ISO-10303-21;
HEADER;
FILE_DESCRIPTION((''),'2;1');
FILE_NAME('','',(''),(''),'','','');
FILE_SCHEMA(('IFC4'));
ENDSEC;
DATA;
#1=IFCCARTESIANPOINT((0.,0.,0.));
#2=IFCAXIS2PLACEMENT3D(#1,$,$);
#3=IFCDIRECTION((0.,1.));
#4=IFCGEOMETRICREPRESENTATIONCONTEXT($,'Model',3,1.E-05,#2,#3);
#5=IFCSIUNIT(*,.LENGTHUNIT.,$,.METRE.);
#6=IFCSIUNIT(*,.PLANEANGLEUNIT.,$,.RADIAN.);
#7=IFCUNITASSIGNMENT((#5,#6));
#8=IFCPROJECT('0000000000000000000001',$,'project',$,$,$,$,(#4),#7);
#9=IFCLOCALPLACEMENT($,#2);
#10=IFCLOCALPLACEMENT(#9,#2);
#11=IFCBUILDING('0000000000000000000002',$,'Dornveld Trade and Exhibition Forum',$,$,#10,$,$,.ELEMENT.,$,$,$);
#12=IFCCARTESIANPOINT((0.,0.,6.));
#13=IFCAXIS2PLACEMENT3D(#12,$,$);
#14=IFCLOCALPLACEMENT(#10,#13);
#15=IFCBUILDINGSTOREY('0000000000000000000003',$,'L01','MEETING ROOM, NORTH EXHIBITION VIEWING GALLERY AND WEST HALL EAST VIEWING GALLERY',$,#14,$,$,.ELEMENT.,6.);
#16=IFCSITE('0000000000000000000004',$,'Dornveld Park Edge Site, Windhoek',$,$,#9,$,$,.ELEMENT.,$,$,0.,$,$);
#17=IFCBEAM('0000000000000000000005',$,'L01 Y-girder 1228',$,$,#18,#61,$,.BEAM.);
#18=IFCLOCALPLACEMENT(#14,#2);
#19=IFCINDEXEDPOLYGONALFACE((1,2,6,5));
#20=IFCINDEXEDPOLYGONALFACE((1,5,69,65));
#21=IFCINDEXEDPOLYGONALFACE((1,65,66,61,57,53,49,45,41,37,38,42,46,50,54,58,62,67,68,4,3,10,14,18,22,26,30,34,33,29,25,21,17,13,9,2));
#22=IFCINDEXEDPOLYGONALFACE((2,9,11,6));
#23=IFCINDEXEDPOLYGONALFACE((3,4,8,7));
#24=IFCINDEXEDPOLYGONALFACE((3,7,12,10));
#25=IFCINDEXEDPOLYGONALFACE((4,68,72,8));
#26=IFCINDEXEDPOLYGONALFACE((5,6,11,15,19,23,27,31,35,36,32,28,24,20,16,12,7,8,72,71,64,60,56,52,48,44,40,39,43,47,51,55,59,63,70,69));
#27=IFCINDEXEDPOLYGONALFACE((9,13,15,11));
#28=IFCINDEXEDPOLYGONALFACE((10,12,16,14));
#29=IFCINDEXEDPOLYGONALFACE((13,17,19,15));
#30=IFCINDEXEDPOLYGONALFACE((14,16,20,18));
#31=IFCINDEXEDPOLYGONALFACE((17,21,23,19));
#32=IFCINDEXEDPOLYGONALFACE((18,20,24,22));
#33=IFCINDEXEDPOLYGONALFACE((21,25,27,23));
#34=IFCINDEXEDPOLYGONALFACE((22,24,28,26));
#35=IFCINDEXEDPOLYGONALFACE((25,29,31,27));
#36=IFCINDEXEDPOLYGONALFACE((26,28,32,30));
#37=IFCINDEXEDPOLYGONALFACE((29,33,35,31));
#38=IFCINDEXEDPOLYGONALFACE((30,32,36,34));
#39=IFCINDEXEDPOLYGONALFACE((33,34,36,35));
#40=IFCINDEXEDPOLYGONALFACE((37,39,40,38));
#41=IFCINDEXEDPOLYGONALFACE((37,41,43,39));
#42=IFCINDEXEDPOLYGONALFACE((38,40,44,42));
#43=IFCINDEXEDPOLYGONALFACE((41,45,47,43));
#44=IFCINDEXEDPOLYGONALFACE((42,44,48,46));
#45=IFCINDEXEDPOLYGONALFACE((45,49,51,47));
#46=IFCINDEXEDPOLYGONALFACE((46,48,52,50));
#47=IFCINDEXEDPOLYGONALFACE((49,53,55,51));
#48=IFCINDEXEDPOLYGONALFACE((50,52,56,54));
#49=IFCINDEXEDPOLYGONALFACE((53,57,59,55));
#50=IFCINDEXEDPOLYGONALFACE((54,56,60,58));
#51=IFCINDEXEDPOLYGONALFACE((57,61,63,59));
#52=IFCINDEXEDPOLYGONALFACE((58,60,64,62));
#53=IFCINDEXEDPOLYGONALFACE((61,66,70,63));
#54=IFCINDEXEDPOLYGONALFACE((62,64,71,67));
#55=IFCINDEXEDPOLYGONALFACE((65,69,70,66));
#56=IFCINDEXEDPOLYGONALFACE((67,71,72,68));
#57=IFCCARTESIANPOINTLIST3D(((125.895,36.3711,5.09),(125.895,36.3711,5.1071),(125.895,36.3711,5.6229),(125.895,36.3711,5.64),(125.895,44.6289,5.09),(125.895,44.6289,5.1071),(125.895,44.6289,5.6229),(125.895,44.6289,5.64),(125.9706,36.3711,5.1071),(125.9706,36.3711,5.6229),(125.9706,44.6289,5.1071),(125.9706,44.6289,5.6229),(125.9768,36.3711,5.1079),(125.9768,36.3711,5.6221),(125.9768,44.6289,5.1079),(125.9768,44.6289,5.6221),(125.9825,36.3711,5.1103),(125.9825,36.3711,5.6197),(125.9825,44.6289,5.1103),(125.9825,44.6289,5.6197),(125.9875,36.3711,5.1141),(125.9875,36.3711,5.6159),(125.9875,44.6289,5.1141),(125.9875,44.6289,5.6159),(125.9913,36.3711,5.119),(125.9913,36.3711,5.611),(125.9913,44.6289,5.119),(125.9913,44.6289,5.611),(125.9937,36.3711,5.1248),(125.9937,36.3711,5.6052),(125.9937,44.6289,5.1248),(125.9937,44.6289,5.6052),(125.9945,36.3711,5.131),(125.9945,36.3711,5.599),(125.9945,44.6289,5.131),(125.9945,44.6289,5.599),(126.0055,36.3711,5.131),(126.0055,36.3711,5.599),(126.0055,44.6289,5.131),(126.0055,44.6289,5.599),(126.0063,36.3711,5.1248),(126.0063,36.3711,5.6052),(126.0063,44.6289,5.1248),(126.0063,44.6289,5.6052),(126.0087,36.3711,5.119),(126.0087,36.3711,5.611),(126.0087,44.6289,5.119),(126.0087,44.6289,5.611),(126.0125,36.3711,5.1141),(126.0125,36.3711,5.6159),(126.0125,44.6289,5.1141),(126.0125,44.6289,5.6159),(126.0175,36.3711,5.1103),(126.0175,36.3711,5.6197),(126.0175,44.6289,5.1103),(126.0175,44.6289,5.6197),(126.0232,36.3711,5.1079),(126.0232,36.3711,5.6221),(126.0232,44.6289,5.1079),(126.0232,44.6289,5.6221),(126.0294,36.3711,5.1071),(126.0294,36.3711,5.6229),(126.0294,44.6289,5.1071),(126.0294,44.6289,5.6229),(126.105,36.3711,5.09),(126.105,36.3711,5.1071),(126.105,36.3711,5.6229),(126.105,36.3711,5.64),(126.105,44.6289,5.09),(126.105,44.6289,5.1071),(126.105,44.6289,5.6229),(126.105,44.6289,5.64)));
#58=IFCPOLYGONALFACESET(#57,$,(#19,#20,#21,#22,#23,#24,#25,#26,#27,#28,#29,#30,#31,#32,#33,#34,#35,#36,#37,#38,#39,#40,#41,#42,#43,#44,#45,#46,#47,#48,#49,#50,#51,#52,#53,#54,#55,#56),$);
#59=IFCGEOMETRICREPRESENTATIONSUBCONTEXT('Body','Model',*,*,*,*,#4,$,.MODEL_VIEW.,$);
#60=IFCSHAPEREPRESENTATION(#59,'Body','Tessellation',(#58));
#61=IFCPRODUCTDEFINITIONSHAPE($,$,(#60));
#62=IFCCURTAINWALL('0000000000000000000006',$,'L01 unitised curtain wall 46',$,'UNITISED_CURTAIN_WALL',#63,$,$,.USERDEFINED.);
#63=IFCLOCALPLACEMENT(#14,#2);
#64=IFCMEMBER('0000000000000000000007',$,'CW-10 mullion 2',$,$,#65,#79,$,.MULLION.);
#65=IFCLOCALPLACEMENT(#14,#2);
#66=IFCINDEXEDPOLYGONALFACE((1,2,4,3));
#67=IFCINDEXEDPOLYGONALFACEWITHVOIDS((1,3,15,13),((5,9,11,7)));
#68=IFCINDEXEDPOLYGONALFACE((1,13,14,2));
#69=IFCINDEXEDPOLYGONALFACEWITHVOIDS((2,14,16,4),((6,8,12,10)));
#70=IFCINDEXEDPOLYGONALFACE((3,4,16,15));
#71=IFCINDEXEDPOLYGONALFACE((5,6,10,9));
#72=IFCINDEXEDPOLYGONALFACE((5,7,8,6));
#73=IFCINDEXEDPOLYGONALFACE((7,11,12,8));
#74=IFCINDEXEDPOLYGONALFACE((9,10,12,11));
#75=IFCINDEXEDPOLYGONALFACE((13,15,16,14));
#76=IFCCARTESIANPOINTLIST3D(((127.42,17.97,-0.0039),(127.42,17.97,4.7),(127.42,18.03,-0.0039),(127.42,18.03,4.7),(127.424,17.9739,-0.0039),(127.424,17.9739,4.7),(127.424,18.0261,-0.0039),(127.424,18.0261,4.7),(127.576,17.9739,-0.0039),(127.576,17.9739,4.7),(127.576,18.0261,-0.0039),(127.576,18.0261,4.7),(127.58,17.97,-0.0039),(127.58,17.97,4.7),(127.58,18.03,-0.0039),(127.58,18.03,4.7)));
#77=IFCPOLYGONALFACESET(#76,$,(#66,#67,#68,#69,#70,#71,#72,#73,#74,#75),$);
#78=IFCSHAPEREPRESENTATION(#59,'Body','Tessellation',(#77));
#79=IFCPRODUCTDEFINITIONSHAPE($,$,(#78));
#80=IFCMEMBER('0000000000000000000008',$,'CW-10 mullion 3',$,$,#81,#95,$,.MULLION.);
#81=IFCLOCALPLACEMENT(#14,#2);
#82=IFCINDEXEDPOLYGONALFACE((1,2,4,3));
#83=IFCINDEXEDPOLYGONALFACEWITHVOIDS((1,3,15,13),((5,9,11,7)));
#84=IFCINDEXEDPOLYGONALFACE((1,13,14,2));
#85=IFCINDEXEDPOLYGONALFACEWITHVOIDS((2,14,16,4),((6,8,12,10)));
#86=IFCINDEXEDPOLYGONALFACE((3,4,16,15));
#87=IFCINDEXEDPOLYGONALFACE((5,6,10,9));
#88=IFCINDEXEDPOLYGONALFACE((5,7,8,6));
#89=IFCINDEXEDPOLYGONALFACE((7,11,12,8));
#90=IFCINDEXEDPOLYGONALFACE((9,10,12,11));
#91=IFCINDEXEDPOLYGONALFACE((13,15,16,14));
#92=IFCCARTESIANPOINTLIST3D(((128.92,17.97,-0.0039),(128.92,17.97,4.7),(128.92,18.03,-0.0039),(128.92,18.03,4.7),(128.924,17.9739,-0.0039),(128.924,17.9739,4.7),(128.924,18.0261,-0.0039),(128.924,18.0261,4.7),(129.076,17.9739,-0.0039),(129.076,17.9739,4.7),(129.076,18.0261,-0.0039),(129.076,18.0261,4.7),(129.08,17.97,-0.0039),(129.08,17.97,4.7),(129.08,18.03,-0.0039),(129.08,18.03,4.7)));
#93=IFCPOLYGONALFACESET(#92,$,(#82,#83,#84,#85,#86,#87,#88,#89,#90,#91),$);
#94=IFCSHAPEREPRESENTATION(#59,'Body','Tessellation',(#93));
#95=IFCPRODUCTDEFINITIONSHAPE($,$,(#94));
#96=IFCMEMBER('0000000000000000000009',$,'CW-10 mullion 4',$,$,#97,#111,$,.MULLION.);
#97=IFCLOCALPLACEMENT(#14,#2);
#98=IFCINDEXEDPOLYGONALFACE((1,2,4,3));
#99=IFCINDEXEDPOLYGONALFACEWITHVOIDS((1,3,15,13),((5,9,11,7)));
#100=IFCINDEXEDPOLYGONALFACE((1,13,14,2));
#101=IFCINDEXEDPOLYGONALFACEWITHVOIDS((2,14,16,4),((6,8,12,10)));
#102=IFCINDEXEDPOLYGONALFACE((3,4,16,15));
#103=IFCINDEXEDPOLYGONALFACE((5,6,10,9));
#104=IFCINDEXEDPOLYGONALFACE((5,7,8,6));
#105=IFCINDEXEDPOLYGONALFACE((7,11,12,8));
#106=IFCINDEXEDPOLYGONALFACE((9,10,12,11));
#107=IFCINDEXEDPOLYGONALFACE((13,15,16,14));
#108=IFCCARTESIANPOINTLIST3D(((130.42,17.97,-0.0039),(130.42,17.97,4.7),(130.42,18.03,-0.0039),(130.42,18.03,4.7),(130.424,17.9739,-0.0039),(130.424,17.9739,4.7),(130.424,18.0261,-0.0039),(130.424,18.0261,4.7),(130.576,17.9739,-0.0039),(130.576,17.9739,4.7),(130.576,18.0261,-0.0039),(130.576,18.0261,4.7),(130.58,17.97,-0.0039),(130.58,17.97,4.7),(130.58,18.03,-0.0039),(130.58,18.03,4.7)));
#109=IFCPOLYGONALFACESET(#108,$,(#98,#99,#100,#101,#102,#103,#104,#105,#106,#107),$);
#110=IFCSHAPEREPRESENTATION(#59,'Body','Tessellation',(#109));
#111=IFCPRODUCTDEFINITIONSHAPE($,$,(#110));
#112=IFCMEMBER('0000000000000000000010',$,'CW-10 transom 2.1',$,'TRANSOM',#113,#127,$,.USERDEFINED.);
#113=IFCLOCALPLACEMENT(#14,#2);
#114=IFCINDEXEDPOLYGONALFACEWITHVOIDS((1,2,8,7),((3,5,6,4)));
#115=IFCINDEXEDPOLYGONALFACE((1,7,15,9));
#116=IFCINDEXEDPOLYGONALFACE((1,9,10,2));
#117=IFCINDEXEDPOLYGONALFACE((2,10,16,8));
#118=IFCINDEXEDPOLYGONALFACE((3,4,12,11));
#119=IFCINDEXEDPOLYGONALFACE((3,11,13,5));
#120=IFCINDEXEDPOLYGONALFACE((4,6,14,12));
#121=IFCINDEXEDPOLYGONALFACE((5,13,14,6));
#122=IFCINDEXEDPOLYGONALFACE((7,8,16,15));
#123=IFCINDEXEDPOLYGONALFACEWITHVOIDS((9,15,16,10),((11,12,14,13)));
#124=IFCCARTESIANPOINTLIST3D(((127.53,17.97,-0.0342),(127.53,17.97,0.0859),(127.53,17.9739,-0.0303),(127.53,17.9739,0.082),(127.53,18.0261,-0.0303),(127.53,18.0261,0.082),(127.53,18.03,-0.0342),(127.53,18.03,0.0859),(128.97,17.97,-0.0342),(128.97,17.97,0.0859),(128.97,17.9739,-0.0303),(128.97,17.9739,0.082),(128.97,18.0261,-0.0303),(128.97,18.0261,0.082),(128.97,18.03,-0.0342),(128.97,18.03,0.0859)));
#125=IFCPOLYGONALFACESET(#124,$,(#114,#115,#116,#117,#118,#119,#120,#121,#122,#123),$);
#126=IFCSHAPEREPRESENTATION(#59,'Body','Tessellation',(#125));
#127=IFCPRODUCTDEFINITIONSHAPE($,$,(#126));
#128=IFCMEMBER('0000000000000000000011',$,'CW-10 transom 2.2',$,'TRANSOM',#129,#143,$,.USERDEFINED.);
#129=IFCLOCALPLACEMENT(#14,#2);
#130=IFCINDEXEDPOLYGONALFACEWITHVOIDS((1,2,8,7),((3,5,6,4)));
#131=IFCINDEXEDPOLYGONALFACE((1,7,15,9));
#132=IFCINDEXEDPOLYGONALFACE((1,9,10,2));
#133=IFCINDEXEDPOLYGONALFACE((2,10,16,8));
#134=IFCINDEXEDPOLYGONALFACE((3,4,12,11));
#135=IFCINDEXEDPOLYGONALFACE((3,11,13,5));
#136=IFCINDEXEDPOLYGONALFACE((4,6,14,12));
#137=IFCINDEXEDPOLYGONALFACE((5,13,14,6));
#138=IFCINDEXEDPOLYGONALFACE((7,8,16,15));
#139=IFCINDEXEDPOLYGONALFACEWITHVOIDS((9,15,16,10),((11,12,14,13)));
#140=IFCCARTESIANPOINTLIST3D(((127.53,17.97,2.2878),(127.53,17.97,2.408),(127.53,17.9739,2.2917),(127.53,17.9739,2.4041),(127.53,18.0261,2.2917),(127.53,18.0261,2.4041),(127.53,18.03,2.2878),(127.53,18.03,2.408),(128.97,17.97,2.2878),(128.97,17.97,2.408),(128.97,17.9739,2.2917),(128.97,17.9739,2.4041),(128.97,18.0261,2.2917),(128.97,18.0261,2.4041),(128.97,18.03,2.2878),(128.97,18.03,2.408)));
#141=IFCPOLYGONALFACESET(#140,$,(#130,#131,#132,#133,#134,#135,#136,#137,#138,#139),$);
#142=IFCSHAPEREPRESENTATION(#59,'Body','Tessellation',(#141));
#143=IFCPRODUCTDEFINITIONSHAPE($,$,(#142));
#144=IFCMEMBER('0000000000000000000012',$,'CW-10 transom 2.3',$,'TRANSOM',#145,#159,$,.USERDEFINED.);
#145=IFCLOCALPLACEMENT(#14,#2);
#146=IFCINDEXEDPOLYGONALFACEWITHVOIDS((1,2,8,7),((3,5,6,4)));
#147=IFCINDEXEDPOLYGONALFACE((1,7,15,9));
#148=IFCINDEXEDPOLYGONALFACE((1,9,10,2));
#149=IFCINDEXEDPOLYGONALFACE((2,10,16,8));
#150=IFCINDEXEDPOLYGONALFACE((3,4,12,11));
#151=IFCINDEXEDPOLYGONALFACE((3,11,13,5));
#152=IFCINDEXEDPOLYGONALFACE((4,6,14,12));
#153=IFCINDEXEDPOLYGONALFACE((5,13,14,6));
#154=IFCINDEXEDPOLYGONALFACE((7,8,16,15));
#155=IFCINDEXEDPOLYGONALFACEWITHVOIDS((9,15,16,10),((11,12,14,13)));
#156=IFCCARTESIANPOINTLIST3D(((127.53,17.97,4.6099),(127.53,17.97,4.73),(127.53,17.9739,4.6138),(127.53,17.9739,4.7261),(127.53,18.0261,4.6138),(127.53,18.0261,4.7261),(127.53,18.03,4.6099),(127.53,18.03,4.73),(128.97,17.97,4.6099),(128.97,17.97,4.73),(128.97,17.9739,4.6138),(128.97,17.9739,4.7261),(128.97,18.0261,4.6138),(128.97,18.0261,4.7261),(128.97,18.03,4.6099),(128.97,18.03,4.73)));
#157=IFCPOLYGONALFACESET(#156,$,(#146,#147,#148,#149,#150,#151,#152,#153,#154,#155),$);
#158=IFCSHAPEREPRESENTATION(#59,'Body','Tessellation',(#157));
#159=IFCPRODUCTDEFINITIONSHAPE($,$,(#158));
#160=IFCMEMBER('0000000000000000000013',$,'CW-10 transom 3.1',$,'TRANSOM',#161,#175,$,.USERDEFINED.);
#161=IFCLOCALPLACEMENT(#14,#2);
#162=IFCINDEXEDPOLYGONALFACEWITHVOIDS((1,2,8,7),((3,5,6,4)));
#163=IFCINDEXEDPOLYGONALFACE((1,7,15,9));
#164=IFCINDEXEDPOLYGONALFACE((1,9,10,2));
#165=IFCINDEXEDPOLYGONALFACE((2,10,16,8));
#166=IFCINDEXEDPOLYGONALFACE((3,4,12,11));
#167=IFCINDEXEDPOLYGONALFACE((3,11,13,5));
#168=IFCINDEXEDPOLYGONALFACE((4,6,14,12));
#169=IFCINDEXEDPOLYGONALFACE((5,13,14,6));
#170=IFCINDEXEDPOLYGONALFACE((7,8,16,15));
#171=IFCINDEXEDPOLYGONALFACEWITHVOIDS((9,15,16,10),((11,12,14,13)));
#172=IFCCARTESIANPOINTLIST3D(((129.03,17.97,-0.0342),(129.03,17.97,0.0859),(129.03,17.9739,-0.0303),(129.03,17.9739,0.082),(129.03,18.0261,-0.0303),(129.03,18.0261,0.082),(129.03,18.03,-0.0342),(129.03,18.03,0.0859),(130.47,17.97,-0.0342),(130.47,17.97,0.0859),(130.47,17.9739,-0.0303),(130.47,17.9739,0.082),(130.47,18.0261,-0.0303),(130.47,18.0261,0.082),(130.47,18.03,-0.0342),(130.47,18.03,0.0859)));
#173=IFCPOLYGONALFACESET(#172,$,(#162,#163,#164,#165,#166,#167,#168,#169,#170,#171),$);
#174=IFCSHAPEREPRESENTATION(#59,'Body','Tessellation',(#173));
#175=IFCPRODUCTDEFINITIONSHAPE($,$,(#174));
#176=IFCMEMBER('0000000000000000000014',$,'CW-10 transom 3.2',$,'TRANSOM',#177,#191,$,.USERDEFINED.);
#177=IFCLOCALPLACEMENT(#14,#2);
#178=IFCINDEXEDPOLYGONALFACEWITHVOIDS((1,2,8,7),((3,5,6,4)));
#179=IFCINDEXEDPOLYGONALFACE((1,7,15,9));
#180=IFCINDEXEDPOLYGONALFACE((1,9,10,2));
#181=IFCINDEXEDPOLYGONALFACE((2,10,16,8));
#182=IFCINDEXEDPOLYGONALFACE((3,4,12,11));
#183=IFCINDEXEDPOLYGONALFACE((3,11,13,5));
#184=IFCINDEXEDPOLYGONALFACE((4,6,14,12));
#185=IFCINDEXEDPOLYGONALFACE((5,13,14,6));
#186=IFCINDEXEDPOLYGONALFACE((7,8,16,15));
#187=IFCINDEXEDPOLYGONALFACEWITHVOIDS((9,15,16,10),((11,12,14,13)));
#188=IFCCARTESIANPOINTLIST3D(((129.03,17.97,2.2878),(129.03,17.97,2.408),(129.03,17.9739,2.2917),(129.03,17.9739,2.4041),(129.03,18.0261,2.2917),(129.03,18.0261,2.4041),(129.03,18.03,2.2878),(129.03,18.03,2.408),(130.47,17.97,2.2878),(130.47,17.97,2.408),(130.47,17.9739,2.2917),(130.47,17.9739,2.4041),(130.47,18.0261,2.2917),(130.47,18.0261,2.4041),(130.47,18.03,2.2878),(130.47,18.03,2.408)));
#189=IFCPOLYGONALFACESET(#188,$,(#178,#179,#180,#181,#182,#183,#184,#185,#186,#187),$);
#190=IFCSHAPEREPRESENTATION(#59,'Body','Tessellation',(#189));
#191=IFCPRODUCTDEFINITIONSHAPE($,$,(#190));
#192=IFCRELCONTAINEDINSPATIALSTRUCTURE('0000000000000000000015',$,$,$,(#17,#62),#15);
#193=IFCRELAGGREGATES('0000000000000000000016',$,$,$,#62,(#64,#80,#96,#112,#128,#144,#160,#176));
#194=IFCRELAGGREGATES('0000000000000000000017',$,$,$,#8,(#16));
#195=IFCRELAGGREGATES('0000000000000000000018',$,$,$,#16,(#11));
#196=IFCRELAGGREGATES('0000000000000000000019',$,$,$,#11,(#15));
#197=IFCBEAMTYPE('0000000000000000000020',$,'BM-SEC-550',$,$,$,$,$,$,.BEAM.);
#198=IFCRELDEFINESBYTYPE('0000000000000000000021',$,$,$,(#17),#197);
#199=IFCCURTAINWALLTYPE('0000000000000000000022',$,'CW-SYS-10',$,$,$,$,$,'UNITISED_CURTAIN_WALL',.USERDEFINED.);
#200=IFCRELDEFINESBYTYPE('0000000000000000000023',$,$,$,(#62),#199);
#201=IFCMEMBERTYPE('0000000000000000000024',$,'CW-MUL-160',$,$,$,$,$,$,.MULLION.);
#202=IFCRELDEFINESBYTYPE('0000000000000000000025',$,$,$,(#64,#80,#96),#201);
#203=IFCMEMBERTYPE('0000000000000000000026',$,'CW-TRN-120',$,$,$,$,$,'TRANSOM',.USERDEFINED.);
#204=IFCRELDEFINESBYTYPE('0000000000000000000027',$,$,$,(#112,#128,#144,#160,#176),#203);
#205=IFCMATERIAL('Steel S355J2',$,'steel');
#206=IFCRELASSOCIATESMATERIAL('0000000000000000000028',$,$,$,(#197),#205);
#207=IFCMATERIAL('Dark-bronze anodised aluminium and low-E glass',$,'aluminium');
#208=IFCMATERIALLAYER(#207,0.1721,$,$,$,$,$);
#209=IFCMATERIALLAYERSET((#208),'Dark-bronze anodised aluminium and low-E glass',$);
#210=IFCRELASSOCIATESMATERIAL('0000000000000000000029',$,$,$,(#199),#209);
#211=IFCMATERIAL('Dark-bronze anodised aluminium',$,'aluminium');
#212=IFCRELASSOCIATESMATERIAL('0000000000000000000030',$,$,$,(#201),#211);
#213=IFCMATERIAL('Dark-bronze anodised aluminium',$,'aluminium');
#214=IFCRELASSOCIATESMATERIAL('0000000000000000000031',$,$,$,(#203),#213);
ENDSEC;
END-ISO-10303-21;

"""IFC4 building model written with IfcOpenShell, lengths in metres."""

from ifc_helpers import new_model, si_unit, direction, frame, origin, origin_2d, place, context, subcontext, project, spatial, hollow_rectangle, i_section, extrude, material, layer, layer_set, material_profile, profile_set, type_object, element, aggregate, save


model = new_model("IFC4")

# Units and contexts
model_context = context("Model", 3, precision=1e-05, world=origin(), true_north=direction((0.0, 1.0)))
body_context = subcontext(model_context, "Body", "Model", "MODEL_VIEW")
ifc_project = project(units=[si_unit("LENGTHUNIT", "METRE"), si_unit("PLANEANGLEUNIT", "RADIAN")], contexts=[model_context])

# Site, building, storey
site_placement = place(None, origin())
site = spatial("IfcSite", under=ifc_project, at=site_placement, Name="Dornveld Park Edge Site, Windhoek", CompositionType="ELEMENT", RefElevation=0.0)
building_placement = place(site_placement, origin())
building = spatial("IfcBuilding", under=site, at=building_placement, Name="Dornveld Trade and Exhibition Forum", CompositionType="ELEMENT")
storey_placement = place(building_placement, frame((0.0, 0.0, 6.0)))
storey = spatial("IfcBuildingStorey", under=building, at=storey_placement, Name="L01", Description="MEETING ROOM, NORTH EXHIBITION VIEWING GALLERY AND WEST HALL EAST VIEWING GALLERY", CompositionType="ELEMENT", Elevation=6.0)

# Beam
ifc_material_1 = material(Name="Steel S355J2", Category="steel")
ifc_material_profile_1 = material_profile(ifc_material_1, i_section(OverallWidth=0.21, OverallDepth=0.55, WebThickness=0.011, FlangeThickness=0.0171, FilletRadius=0.0239, at=origin_2d()), Name="IPE 550")
ifc_profile_set_1 = profile_set([ifc_material_profile_1], Name="Steel S355J2")
beam_type_1 = type_object("IfcBeamType", Name="BM-SEC-550", PredefinedType="BEAM", material=ifc_profile_set_1)
beam_1_placement = place(storey_placement, frame((126.0, 36.3711, 5.365), z_axis=(0.0, 1.0, 0.0), x_axis=(-1.0, 0.0, 0.0)))
element("IfcBeam", 1, at=beam_1_placement, inside=storey, type_object=beam_type_1, Name="L01 Y-girder 1228", PredefinedType="BEAM", context=body_context, shape_type="SweptSolid", body=[
    extrude(i_section(OverallWidth=0.21, OverallDepth=0.55, WebThickness=0.011, FlangeThickness=0.0171, FilletRadius=0.0239, at=origin_2d()), origin(), (0.0, 0.0, 1.0), 8.2578),
])

# Curtain wall, members
ifc_material_2 = material(Name="Dark-bronze anodised aluminium and low-E glass", Category="aluminium")
ifc_layer_1 = layer(ifc_material_2, 0.1721)
ifc_layer_set_1 = layer_set([ifc_layer_1], Name="Dark-bronze anodised aluminium and low-E glass")
curtain_wall_type = type_object("IfcCurtainWallType", Name="CW-SYS-10", ElementType="UNITISED_CURTAIN_WALL", PredefinedType="USERDEFINED", material=ifc_layer_set_1)
curtain_wall_placement = place(storey_placement, origin())
curtain_wall = element("IfcCurtainWall", 2, at=curtain_wall_placement, inside=storey, type_object=curtain_wall_type, Name="L01 unitised curtain wall 46", ObjectType="UNITISED_CURTAIN_WALL", PredefinedType="USERDEFINED")
ifc_material_3 = material(Name="Dark-bronze anodised aluminium", Category="aluminium")
ifc_material_profile_2 = material_profile(ifc_material_3, hollow_rectangle(XDim=0.0601, YDim=0.1599, WallThickness=0.0039, at=origin_2d()), Name="RHS 160x60x4")
ifc_profile_set_2 = profile_set([ifc_material_profile_2], Name="Dark-bronze anodised aluminium")
member_type_1 = type_object("IfcMemberType", Name="CW-MUL-160", PredefinedType="MULLION", material=ifc_profile_set_2)
member_1_placement = place(storey_placement, frame((127.5, 18.0, -0.0039), z_axis=(0.0, 0.0, 1.0), x_axis=(0.0, 1.0, 0.0)))
member_1 = element("IfcMember", 3, at=member_1_placement, type_object=member_type_1, Name="CW-10 mullion 2", PredefinedType="MULLION", context=body_context, shape_type="SweptSolid", body=[
    extrude(hollow_rectangle(XDim=0.0601, YDim=0.1599, WallThickness=0.0039, at=origin_2d()), origin(), (0.0, 0.0, 1.0), 4.7039),
])
member_2_placement = place(storey_placement, frame((129.0, 18.0, -0.0039), z_axis=(0.0, 0.0, 1.0), x_axis=(0.0, 1.0, 0.0)))
member_2 = element("IfcMember", 4, at=member_2_placement, type_object=member_type_1, Name="CW-10 mullion 3", PredefinedType="MULLION", context=body_context, shape_type="SweptSolid", body=[
    extrude(hollow_rectangle(XDim=0.0601, YDim=0.1599, WallThickness=0.0039, at=origin_2d()), origin(), (0.0, 0.0, 1.0), 4.7039),
])
member_3_placement = place(storey_placement, frame((130.5, 18.0, -0.0039), z_axis=(0.0, 0.0, 1.0), x_axis=(0.0, 1.0, 0.0)))
member_3 = element("IfcMember", 5, at=member_3_placement, type_object=member_type_1, Name="CW-10 mullion 4", PredefinedType="MULLION", context=body_context, shape_type="SweptSolid", body=[
    extrude(hollow_rectangle(XDim=0.0601, YDim=0.1599, WallThickness=0.0039, at=origin_2d()), origin(), (0.0, 0.0, 1.0), 4.7039),
])
ifc_material_4 = material(Name="Dark-bronze anodised aluminium", Category="aluminium")
ifc_material_profile_3 = material_profile(ifc_material_4, hollow_rectangle(XDim=0.0601, YDim=0.1201, WallThickness=0.0039, at=origin_2d()), Name="RHS 120x60x4")
ifc_profile_set_3 = profile_set([ifc_material_profile_3], Name="Dark-bronze anodised aluminium")
member_type_2 = type_object("IfcMemberType", Name="CW-TRN-120", ElementType="TRANSOM", PredefinedType="USERDEFINED", material=ifc_profile_set_3)
member_4_placement = place(storey_placement, frame((127.53, 18.0, 0.0259), z_axis=(1.0, 0.0, 0.0), x_axis=(0.0, 1.0, 0.0)))
member_4 = element("IfcMember", 6, at=member_4_placement, type_object=member_type_2, Name="CW-10 transom 2.1", ObjectType="TRANSOM", PredefinedType="USERDEFINED", context=body_context, shape_type="SweptSolid", body=[
    extrude(hollow_rectangle(XDim=0.0601, YDim=0.1201, WallThickness=0.0039, at=origin_2d()), origin(), (0.0, 0.0, 1.0), 1.4399),
])
member_5_placement = place(storey_placement, frame((127.53, 18.0, 2.3479), z_axis=(1.0, 0.0, 0.0), x_axis=(0.0, 1.0, 0.0)))
member_5 = element("IfcMember", 7, at=member_5_placement, type_object=member_type_2, Name="CW-10 transom 2.2", ObjectType="TRANSOM", PredefinedType="USERDEFINED", context=body_context, shape_type="SweptSolid", body=[
    extrude(hollow_rectangle(XDim=0.0601, YDim=0.1201, WallThickness=0.0039, at=origin_2d()), origin(), (0.0, 0.0, 1.0), 1.4399),
])
member_6_placement = place(storey_placement, frame((127.53, 18.0, 4.6699), z_axis=(1.0, 0.0, 0.0), x_axis=(0.0, 1.0, 0.0)))
member_6 = element("IfcMember", 8, at=member_6_placement, type_object=member_type_2, Name="CW-10 transom 2.3", ObjectType="TRANSOM", PredefinedType="USERDEFINED", context=body_context, shape_type="SweptSolid", body=[
    extrude(hollow_rectangle(XDim=0.0601, YDim=0.1201, WallThickness=0.0039, at=origin_2d()), origin(), (0.0, 0.0, 1.0), 1.4399),
])
member_7_placement = place(storey_placement, frame((129.03, 18.0, 0.0259), z_axis=(1.0, 0.0, 0.0), x_axis=(0.0, 1.0, 0.0)))
member_7 = element("IfcMember", 9, at=member_7_placement, type_object=member_type_2, Name="CW-10 transom 3.1", ObjectType="TRANSOM", PredefinedType="USERDEFINED", context=body_context, shape_type="SweptSolid", body=[
    extrude(hollow_rectangle(XDim=0.0601, YDim=0.1201, WallThickness=0.0039, at=origin_2d()), origin(), (0.0, 0.0, 1.0), 1.4399),
])
member_8_placement = place(storey_placement, frame((129.03, 18.0, 2.3479), z_axis=(1.0, 0.0, 0.0), x_axis=(0.0, 1.0, 0.0)))
member_8 = element("IfcMember", 10, at=member_8_placement, type_object=member_type_2, Name="CW-10 transom 3.2", ObjectType="TRANSOM", PredefinedType="USERDEFINED", context=body_context, shape_type="SweptSolid", body=[
    extrude(hollow_rectangle(XDim=0.0601, YDim=0.1201, WallThickness=0.0039, at=origin_2d()), origin(), (0.0, 0.0, 1.0), 1.4399),
])
aggregate(curtain_wall, [member_1, member_2, member_3, member_4, member_5, member_6, member_7, member_8])

save(model, "model.ifc")
